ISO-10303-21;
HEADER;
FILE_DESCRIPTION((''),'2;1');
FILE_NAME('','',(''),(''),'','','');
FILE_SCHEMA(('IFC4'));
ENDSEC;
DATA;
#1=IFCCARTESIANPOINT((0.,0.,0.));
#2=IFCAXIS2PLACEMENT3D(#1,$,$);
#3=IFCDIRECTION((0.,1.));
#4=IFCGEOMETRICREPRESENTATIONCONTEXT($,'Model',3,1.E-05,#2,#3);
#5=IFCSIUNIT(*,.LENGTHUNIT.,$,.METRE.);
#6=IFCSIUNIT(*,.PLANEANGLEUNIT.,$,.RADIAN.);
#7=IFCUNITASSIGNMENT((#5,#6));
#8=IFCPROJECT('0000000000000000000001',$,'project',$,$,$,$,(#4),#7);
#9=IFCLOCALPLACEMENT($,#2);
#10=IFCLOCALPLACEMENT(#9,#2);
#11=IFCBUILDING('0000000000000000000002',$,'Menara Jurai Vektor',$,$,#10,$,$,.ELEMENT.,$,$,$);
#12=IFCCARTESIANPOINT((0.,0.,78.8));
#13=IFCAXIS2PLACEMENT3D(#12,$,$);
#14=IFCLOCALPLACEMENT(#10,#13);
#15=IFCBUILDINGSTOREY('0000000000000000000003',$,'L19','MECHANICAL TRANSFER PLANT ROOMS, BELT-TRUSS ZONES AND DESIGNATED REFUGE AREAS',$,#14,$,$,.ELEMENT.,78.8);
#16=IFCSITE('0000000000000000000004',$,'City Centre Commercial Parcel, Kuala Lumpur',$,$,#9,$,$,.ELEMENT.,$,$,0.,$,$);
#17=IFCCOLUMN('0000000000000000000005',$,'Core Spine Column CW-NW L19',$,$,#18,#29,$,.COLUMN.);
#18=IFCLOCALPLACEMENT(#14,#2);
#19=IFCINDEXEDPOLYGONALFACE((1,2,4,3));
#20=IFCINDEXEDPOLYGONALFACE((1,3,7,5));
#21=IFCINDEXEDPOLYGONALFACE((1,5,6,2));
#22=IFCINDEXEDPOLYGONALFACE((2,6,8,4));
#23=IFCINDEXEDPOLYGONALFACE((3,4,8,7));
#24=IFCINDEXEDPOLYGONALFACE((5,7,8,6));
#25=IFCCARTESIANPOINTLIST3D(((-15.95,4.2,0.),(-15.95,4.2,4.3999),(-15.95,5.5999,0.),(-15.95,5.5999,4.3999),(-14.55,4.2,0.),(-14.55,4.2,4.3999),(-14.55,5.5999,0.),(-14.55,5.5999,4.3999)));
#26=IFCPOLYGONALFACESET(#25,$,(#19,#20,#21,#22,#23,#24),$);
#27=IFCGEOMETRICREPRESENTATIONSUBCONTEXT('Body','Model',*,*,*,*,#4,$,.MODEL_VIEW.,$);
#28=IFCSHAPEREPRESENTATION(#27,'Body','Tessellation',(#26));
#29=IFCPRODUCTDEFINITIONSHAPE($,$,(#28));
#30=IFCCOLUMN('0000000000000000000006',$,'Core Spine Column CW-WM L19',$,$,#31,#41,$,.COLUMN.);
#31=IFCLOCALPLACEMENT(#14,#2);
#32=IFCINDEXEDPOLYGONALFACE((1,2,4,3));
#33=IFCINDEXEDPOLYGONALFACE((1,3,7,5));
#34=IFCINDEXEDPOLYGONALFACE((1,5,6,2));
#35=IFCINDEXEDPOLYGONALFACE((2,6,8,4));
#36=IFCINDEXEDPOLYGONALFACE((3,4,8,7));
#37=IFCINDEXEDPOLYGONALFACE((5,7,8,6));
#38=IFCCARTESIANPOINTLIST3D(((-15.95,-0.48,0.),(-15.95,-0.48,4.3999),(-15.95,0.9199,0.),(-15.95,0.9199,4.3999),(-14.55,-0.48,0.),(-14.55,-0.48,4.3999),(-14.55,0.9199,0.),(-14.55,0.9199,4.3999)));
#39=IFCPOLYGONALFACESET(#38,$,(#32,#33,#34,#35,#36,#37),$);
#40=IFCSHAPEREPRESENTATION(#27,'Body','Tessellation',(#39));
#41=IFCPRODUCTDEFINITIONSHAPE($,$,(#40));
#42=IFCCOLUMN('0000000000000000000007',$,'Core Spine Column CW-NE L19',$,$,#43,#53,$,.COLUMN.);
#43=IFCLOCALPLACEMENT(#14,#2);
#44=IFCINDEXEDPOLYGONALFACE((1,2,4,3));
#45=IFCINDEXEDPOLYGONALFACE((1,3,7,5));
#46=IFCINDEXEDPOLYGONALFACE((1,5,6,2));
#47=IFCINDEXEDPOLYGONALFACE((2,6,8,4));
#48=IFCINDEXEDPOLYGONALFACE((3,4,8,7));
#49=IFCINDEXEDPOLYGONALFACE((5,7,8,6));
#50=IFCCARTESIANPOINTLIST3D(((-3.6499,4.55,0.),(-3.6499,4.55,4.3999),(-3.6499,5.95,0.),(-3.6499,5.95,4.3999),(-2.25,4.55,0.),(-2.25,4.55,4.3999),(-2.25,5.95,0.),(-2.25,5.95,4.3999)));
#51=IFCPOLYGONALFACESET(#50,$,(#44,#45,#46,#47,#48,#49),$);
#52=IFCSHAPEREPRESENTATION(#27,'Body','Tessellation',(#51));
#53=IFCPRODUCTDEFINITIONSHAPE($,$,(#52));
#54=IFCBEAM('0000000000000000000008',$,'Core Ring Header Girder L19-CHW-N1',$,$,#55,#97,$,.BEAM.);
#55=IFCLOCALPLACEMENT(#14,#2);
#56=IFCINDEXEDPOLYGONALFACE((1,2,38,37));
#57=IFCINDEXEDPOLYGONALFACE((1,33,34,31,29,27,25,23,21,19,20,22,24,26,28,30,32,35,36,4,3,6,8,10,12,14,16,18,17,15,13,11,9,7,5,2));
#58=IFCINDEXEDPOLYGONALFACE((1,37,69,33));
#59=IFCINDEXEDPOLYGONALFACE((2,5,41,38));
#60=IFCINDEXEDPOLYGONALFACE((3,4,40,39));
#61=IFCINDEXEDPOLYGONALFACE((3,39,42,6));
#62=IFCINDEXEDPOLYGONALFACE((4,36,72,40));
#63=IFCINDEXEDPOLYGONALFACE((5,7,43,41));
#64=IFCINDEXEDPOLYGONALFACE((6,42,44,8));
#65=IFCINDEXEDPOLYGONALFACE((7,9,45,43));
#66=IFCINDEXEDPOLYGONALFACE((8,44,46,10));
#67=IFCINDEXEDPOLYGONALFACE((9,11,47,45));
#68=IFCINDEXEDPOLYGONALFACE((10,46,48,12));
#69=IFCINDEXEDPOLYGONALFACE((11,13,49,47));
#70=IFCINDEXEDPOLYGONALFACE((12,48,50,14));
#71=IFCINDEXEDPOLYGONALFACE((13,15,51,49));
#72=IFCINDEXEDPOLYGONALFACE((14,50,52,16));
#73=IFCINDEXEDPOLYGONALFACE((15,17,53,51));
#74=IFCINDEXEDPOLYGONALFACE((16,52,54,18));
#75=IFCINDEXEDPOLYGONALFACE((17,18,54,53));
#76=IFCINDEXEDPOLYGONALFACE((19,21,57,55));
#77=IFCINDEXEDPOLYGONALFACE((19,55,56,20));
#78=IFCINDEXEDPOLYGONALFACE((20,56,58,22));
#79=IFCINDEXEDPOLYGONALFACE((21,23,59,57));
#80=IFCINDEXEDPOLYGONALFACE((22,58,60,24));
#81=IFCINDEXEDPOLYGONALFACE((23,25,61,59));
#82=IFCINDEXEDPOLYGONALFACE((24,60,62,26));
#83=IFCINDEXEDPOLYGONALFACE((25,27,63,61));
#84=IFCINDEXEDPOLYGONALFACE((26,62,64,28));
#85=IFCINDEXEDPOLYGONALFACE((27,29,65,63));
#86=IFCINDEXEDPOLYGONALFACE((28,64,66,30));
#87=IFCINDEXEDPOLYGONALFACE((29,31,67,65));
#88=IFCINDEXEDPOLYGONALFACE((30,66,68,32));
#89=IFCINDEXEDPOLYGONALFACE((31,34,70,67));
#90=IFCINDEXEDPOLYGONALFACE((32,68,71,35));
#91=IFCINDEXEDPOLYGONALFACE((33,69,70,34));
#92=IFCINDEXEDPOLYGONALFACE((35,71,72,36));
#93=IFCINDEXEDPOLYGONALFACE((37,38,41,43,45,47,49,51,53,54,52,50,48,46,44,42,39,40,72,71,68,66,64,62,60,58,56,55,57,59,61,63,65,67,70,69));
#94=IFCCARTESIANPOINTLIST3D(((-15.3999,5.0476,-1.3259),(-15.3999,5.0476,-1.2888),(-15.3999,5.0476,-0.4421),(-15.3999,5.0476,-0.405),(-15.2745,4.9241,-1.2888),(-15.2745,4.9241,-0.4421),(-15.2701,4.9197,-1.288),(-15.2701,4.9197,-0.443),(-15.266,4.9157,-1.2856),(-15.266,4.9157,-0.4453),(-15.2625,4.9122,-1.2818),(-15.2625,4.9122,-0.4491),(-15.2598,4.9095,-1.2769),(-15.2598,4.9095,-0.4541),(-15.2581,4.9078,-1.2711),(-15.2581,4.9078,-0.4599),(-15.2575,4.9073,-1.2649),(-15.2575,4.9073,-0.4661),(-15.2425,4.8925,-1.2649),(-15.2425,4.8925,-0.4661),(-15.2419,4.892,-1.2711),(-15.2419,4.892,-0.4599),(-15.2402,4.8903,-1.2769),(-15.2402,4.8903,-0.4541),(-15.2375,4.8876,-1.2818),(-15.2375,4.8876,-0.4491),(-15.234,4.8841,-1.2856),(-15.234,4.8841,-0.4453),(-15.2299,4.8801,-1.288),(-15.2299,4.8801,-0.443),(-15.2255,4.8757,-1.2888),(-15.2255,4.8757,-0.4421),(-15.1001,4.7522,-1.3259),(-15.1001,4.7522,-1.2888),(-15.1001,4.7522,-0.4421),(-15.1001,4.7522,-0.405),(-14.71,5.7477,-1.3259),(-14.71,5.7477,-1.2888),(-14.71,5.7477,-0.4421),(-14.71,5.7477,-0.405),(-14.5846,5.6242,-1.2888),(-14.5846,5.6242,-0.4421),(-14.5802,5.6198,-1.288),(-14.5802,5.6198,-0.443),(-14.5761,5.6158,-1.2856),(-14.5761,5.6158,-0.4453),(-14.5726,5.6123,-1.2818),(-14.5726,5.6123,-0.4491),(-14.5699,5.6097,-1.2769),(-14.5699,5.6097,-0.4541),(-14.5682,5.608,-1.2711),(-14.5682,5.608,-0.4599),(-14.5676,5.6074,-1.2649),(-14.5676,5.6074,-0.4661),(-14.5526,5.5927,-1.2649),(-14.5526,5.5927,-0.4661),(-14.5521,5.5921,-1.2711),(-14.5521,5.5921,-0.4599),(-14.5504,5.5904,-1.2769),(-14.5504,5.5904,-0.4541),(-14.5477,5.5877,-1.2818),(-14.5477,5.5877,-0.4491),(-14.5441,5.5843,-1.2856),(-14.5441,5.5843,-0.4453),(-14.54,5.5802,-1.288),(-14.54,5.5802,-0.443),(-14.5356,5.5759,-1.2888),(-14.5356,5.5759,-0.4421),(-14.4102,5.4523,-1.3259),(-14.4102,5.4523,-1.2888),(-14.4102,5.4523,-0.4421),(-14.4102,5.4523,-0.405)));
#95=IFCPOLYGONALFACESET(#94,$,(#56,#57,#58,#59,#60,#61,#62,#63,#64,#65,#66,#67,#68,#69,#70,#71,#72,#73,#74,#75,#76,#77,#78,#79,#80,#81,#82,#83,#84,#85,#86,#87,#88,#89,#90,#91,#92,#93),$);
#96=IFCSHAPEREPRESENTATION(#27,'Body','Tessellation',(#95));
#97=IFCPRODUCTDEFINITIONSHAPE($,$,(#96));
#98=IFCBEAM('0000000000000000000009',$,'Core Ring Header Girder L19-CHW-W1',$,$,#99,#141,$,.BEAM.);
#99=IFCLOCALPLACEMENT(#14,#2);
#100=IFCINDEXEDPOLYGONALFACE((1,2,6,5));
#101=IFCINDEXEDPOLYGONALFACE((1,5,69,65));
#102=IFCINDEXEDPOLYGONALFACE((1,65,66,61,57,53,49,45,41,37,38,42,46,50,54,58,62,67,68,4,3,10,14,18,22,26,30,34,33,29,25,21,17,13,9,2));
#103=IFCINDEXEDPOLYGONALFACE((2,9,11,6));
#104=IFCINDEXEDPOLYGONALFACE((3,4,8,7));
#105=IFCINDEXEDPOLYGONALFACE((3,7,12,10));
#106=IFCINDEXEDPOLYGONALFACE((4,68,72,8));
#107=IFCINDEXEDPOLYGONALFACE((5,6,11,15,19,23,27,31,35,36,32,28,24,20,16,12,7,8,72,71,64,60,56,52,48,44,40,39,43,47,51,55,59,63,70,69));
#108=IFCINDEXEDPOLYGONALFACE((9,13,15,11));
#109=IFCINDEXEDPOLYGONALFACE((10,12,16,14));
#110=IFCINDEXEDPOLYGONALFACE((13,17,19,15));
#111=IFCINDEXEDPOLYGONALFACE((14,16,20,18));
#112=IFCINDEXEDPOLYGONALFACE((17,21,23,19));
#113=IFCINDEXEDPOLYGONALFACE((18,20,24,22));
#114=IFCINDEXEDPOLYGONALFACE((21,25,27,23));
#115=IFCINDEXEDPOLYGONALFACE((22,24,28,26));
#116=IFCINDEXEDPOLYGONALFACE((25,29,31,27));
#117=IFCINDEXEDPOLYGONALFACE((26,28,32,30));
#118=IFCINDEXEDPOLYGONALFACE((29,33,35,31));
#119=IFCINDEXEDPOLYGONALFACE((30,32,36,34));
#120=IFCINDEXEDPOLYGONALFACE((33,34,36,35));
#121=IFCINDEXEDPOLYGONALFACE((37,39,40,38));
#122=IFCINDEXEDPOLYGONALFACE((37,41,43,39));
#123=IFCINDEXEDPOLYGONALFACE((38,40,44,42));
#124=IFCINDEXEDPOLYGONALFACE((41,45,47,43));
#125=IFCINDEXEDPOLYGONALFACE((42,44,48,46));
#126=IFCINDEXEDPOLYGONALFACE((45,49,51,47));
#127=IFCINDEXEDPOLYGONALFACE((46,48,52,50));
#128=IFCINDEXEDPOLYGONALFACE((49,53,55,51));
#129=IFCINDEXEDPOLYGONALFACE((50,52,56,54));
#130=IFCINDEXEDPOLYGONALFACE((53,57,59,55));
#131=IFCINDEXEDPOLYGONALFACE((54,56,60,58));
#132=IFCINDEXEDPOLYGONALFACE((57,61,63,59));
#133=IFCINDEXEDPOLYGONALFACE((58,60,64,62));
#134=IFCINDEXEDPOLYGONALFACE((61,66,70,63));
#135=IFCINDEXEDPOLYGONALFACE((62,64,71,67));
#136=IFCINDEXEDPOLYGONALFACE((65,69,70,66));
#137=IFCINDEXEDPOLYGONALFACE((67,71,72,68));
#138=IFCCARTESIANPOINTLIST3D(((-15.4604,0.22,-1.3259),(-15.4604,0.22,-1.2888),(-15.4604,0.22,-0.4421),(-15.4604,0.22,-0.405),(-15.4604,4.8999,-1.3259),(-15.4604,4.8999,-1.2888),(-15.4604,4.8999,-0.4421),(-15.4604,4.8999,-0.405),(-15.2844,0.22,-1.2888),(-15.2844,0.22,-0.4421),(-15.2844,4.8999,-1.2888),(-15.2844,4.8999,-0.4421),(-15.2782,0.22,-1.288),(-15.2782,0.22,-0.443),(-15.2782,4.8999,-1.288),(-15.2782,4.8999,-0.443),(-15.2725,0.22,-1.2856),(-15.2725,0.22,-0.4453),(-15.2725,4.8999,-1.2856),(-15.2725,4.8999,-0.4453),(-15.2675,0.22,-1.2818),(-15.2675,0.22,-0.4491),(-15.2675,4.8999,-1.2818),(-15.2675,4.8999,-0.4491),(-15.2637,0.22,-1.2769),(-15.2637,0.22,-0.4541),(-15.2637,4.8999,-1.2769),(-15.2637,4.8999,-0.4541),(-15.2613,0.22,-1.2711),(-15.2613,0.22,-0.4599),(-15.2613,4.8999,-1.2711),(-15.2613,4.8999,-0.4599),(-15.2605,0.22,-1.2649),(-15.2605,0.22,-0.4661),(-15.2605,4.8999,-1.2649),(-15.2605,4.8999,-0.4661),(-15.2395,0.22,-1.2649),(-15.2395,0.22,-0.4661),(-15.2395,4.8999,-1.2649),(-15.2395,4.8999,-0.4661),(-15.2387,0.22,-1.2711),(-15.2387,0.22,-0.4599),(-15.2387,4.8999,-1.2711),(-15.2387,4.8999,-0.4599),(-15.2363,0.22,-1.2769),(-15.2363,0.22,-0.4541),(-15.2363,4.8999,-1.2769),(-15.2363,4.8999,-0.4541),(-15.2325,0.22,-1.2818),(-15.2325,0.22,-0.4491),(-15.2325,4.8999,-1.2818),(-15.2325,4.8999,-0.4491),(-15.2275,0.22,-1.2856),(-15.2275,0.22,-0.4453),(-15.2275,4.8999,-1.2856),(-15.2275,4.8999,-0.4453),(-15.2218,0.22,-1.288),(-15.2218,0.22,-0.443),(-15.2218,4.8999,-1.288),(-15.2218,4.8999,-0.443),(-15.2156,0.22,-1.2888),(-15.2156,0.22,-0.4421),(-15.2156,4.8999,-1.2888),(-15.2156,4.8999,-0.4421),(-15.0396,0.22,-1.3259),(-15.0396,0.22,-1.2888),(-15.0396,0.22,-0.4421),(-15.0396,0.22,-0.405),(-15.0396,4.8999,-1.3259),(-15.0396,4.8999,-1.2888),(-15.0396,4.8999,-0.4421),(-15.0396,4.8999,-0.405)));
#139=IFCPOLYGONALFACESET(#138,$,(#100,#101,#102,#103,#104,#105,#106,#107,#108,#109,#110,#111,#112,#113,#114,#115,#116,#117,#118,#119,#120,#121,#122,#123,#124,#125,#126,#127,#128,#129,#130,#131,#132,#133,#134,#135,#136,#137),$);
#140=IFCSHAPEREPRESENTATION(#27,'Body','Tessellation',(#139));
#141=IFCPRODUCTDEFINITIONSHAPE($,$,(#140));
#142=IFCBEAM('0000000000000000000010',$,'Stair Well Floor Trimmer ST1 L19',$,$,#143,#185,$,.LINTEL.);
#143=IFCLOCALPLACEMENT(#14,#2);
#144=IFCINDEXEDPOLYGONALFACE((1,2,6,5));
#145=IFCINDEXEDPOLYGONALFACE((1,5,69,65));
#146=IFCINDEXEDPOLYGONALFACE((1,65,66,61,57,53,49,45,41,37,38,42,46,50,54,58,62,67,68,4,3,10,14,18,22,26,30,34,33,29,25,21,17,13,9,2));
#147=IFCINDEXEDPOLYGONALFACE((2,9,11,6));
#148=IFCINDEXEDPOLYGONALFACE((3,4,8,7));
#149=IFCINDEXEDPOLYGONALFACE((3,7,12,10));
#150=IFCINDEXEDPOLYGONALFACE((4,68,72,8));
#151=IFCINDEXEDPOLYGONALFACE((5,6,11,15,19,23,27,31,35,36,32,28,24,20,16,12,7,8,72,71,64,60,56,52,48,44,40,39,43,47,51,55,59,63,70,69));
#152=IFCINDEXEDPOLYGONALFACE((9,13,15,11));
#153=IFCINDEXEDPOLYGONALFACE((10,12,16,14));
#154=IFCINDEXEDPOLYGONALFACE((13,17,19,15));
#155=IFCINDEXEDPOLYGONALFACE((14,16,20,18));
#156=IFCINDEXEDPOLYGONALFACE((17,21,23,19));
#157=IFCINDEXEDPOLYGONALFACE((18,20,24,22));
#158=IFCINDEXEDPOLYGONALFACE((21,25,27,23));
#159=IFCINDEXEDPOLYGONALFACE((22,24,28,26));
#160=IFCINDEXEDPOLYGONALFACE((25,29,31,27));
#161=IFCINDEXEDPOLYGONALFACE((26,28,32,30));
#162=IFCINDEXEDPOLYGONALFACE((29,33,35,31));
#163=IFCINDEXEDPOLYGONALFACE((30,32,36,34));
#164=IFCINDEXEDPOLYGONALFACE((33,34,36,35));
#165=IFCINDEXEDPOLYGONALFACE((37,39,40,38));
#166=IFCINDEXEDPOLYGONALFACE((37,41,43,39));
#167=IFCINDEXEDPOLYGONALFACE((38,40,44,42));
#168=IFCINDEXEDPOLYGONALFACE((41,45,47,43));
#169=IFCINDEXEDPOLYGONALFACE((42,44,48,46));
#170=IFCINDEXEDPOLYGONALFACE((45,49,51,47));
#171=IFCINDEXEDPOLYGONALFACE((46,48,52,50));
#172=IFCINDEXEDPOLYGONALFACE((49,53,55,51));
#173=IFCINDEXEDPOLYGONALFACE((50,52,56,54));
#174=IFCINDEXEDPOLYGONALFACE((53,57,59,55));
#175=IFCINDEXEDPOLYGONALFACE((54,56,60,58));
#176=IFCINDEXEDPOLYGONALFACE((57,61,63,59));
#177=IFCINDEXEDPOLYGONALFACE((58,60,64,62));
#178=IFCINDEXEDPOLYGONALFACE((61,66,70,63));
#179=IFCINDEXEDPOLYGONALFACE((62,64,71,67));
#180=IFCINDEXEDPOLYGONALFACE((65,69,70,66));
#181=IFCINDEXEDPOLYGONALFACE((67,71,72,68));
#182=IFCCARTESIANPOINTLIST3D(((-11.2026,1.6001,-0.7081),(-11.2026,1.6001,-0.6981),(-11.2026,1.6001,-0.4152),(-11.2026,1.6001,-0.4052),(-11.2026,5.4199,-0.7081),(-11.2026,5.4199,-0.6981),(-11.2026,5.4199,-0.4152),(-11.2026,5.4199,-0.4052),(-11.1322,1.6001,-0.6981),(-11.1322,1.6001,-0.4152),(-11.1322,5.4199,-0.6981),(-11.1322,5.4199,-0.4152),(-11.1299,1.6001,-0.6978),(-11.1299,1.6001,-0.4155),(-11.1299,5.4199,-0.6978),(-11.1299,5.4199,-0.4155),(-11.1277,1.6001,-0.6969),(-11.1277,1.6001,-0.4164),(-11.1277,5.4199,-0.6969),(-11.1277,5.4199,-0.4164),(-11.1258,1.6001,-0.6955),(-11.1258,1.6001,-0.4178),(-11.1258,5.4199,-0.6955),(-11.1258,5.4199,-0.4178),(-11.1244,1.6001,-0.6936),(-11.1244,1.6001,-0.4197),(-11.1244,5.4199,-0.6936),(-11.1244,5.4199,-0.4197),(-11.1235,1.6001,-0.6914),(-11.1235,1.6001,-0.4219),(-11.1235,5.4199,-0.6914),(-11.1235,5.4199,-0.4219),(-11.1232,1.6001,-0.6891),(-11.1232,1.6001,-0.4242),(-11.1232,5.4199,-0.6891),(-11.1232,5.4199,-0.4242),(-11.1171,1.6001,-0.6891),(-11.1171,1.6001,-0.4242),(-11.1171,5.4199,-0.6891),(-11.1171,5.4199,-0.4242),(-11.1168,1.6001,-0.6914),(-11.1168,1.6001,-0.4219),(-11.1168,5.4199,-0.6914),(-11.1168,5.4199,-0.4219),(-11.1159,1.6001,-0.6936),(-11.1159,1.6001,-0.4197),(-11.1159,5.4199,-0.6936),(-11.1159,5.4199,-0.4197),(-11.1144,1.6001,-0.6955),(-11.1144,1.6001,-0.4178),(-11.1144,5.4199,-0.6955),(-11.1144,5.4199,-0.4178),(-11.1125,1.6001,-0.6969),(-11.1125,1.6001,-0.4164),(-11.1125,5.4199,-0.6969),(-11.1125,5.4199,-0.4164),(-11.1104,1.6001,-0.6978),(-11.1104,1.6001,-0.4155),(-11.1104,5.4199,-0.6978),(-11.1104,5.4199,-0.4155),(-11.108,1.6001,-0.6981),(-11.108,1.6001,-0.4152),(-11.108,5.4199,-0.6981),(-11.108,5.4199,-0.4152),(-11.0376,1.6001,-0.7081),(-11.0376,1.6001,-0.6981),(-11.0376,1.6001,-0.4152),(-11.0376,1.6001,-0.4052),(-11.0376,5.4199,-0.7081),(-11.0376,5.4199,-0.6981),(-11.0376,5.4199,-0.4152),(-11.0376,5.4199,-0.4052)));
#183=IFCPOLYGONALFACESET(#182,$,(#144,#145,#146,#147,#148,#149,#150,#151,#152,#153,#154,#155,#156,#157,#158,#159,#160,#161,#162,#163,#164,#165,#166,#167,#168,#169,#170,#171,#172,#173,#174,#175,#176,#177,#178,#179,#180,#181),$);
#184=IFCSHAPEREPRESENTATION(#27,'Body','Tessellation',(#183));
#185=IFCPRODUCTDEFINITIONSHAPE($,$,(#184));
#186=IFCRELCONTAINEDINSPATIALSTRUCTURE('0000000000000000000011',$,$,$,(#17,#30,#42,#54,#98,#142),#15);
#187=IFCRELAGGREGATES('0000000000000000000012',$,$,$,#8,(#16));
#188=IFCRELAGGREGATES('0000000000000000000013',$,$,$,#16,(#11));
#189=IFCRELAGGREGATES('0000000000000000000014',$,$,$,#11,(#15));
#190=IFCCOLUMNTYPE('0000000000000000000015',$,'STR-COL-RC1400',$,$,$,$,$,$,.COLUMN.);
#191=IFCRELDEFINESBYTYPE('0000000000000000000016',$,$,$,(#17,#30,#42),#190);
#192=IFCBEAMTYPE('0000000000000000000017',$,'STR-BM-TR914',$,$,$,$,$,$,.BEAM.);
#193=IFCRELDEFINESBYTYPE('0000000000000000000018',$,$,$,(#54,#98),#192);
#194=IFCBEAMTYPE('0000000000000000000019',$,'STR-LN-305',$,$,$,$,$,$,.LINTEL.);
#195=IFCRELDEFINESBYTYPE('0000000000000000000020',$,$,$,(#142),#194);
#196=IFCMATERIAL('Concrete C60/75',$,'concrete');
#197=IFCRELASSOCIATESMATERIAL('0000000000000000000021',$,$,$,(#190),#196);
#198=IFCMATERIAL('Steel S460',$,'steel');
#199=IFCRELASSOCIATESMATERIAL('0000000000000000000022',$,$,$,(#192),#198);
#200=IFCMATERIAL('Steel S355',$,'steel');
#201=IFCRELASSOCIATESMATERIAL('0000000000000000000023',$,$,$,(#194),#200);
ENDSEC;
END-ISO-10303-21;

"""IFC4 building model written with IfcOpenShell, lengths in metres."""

from ifc_helpers import new_model, si_unit, direction, frame, origin, origin_2d, place, context, subcontext, project, spatial, rectangle, i_section, extrude, material, material_profile, profile_set, type_object, element, save


model = new_model("IFC4")

# Units and contexts
model_context = context("Model", 3, precision=1e-05, world=origin(), true_north=direction((0.0, 1.0)))
body_context = subcontext(model_context, "Body", "Model", "MODEL_VIEW")
ifc_project = project(units=[si_unit("LENGTHUNIT", "METRE"), si_unit("PLANEANGLEUNIT", "RADIAN")], contexts=[model_context])

# Site, building, storey
site_placement = place(None, origin())
site = spatial("IfcSite", under=ifc_project, at=site_placement, Name="City Centre Commercial Parcel, Kuala Lumpur", CompositionType="ELEMENT", RefElevation=0.0)
building_placement = place(site_placement, origin())
building = spatial("IfcBuilding", under=site, at=building_placement, Name="Menara Jurai Vektor", CompositionType="ELEMENT")
storey_placement = place(building_placement, frame((0.0, 0.0, 78.8)))
storey = spatial("IfcBuildingStorey", under=building, at=storey_placement, Name="L19", Description="MECHANICAL TRANSFER PLANT ROOMS, BELT-TRUSS ZONES AND DESIGNATED REFUGE AREAS", CompositionType="ELEMENT", Elevation=78.8)

# Columns
ifc_material_1 = material(Name="Concrete C60/75", Category="concrete")
ifc_material_profile_1 = material_profile(ifc_material_1, rectangle(XDim=1.3999, YDim=1.3999, at=origin_2d()), Name="RC 1400x1400")
ifc_profile_set_1 = profile_set([ifc_material_profile_1], Name="Concrete C60/75")
column_type = type_object("IfcColumnType", Name="STR-COL-RC1400", PredefinedType="COLUMN", material=ifc_profile_set_1)
for number, where, z_axis, x_axis, name in (
    (1, (-15.25, 4.8999, 0.0), (0.0, 0.0, 1.0), (1.0, 0.0, 0.0), "Core Spine Column CW-NW L19"),
    (2, (-15.25, 0.22, 0.0), (0.0, 0.0, 1.0), (1.0, 0.0, 0.0), "Core Spine Column CW-WM L19"),
    (3, (-2.95, 5.25, 0.0), (0.0, 0.0, 1.0), (1.0, 0.0, 0.0), "Core Spine Column CW-NE L19"),
):
    element("IfcColumn", number, at=place(storey_placement, frame(where, z_axis=z_axis, x_axis=x_axis)), inside=storey, type_object=column_type, Name=name, PredefinedType="COLUMN", context=body_context, shape_type="SweptSolid", body=[
        extrude(rectangle(XDim=1.3999, YDim=1.3999, at=origin_2d()), origin(), (0.0, 0.0, 1.0), 4.3999),
    ])

# Beams
ifc_material_2 = material(Name="Steel S460", Category="steel")
ifc_material_profile_2 = material_profile(ifc_material_2, i_section(OverallWidth=0.4209, OverallDepth=0.9209, WebThickness=0.021, FlangeThickness=0.0371, FilletRadius=0.0239, at=origin_2d()), Name="UKB 914x419x388")
ifc_profile_set_2 = profile_set([ifc_material_profile_2], Name="Steel S460")
beam_type_1 = type_object("IfcBeamType", Name="STR-BM-TR914", PredefinedType="BEAM", material=ifc_profile_set_2)
beam_1_placement = place(storey_placement, frame((-15.25, 4.8999, -0.8655), z_axis=(0.701872, 0.712303, 0.0), x_axis=(-0.712303, 0.701872, 0.0)))
element("IfcBeam", 4, at=beam_1_placement, inside=storey, type_object=beam_type_1, Name="Core Ring Header Girder L19-CHW-N1", PredefinedType="BEAM", context=body_context, shape_type="SweptSolid", body=[
    extrude(i_section(OverallWidth=0.4209, OverallDepth=0.9209, WebThickness=0.021, FlangeThickness=0.0371, FilletRadius=0.0239, at=origin_2d()), origin(), (0.0, 0.0, 1.0), 0.9829),
])
beam_2_placement = place(storey_placement, frame((-15.25, 0.22, -0.8655), z_axis=(0.0, 1.0, 0.0), x_axis=(-1.0, 0.0, 0.0)))
element("IfcBeam", 5, at=beam_2_placement, inside=storey, type_object=beam_type_1, Name="Core Ring Header Girder L19-CHW-W1", PredefinedType="BEAM", context=body_context, shape_type="SweptSolid", body=[
    extrude(i_section(OverallWidth=0.4209, OverallDepth=0.9209, WebThickness=0.021, FlangeThickness=0.0371, FilletRadius=0.0239, at=origin_2d()), origin(), (0.0, 0.0, 1.0), 4.6799),
])
ifc_material_3 = material(Name="Steel S355", Category="steel")
ifc_material_profile_3 = material_profile(ifc_material_3, i_section(OverallWidth=0.165, OverallDepth=0.303, WebThickness=0.0061, FlangeThickness=0.01, FilletRadius=0.009, at=origin_2d()), Name="UKB 305x165x40")
ifc_profile_set_3 = profile_set([ifc_material_profile_3], Name="Steel S355")
beam_type_2 = type_object("IfcBeamType", Name="STR-LN-305", PredefinedType="LINTEL", material=ifc_profile_set_3)
beam_3_placement = place(storey_placement, frame((-11.1201, 1.6001, -0.5566), z_axis=(0.0, 1.0, 0.0), x_axis=(-1.0, 0.0, 0.0)))
element("IfcBeam", 6, at=beam_3_placement, inside=storey, type_object=beam_type_2, Name="Stair Well Floor Trimmer ST1 L19", PredefinedType="LINTEL", context=body_context, shape_type="SweptSolid", body=[
    extrude(i_section(OverallWidth=0.165, OverallDepth=0.303, WebThickness=0.0061, FlangeThickness=0.01, FilletRadius=0.009, at=origin_2d()), origin(), (0.0, 0.0, 1.0), 3.8198),
])

save(model, "model.ifc")
